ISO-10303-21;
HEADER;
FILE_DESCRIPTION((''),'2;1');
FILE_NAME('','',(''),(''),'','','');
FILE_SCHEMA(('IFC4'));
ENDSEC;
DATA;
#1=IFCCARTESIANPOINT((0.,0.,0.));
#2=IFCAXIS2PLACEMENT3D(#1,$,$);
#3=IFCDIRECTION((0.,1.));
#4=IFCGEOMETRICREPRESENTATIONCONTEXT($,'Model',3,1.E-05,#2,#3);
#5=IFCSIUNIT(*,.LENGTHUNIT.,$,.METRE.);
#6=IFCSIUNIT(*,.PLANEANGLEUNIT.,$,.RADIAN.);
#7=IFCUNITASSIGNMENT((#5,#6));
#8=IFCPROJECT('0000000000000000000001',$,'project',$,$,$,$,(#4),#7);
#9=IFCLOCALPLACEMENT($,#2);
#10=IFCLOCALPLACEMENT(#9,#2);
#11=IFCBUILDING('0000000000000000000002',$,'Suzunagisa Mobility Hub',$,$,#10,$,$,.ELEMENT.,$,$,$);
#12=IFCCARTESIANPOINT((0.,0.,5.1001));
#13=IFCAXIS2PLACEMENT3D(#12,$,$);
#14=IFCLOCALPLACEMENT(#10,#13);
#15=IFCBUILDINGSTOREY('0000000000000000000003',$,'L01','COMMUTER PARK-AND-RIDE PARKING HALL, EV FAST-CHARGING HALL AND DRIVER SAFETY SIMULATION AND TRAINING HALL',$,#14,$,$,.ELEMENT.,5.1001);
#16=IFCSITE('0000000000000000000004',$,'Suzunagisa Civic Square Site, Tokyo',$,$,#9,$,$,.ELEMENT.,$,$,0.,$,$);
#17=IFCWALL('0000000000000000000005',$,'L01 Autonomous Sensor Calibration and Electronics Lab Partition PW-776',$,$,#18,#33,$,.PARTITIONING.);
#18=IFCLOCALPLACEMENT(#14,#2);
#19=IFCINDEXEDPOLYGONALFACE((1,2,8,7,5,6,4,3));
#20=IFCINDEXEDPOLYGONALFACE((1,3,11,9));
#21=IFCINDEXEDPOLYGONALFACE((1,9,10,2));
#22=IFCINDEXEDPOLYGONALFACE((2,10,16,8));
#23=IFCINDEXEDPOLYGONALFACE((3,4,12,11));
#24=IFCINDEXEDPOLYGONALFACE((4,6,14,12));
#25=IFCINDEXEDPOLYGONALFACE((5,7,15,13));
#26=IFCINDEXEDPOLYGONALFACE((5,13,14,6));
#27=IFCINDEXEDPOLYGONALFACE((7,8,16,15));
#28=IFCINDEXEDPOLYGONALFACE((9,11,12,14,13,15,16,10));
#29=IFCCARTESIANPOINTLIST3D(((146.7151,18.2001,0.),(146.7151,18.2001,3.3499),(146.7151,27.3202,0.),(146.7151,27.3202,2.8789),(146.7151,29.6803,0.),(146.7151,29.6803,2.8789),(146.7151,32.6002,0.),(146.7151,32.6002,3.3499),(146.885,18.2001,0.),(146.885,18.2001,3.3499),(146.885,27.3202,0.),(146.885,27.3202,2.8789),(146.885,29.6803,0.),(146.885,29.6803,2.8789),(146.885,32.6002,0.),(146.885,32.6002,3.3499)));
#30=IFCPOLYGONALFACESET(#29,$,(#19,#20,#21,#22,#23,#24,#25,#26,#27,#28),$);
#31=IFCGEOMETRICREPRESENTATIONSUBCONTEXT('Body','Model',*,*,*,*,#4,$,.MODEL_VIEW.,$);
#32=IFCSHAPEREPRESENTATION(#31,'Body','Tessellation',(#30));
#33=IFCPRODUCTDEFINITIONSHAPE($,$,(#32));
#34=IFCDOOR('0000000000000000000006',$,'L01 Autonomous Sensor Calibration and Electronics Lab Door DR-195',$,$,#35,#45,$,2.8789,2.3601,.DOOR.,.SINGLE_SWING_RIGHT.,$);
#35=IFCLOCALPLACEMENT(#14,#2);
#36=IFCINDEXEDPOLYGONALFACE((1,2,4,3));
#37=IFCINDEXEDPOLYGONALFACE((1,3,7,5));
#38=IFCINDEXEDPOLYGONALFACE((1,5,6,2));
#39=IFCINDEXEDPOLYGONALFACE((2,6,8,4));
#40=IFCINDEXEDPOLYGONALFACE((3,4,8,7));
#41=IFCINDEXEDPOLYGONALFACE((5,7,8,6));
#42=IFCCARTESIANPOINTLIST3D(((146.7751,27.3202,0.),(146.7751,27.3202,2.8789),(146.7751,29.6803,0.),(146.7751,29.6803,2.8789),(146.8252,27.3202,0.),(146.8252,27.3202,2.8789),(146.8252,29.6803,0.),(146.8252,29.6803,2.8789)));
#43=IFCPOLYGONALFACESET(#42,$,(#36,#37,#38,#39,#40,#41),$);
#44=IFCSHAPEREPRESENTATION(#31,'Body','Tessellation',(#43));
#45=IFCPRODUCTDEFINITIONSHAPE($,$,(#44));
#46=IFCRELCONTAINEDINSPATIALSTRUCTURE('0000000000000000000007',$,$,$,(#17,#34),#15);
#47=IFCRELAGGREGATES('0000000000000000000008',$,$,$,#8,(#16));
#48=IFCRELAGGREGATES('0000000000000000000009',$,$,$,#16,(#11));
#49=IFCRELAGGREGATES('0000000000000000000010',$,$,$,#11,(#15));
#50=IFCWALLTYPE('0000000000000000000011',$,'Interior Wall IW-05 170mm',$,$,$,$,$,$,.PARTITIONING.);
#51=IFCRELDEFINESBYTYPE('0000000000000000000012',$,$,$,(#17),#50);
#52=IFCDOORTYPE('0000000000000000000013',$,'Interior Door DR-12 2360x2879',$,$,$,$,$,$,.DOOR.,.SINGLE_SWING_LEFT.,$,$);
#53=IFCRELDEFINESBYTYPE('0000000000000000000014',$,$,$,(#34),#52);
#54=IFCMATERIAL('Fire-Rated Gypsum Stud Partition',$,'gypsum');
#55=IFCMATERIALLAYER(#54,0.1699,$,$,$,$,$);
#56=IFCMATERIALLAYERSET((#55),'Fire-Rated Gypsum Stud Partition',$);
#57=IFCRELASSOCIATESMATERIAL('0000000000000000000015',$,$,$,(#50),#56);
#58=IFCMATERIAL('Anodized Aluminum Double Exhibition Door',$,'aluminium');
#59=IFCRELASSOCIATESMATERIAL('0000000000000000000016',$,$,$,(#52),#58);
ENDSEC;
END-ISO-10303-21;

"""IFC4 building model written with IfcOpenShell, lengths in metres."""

from ifc_helpers import new_model, si_unit, direction, frame, frame_2d, origin, place, context, subcontext, project, spatial, rectangle, extrude, material, layer, layer_set, type_object, element, fill, save


model = new_model("IFC4")

# Units and contexts
model_context = context("Model", 3, precision=1e-05, world=origin(), true_north=direction((0.0, 1.0)))
body_context = subcontext(model_context, "Body", "Model", "MODEL_VIEW")
ifc_project = project(units=[si_unit("LENGTHUNIT", "METRE"), si_unit("PLANEANGLEUNIT", "RADIAN")], contexts=[model_context])

# Site, building, storey
site_placement = place(None, origin())
site = spatial("IfcSite", under=ifc_project, at=site_placement, Name="Suzunagisa Civic Square Site, Tokyo", CompositionType="ELEMENT", RefElevation=0.0)
building_placement = place(site_placement, origin())
building = spatial("IfcBuilding", under=site, at=building_placement, Name="Suzunagisa Mobility Hub", CompositionType="ELEMENT")
storey_placement = place(building_placement, frame((0.0, 0.0, 5.1001)))
storey = spatial("IfcBuildingStorey", under=building, at=storey_placement, Name="L01", Description="COMMUTER PARK-AND-RIDE PARKING HALL, EV FAST-CHARGING HALL AND DRIVER SAFETY SIMULATION AND TRAINING HALL", CompositionType="ELEMENT", Elevation=5.1001)

# Shared definitions
ifc_material_1 = material(Name="Fire-Rated Gypsum Stud Partition", Category="gypsum")

# Shared definitions
ifc_layer_1 = layer(ifc_material_1, 0.1699)
ifc_layer_set_1 = layer_set([ifc_layer_1], Name="Fire-Rated Gypsum Stud Partition")
wall_type_1 = type_object("IfcWallType", Name="Interior Wall IW-05 170mm", PredefinedType="PARTITIONING", material=ifc_layer_set_1)

# Wall, opening, door
wall_1_placement = place(storey_placement, frame((146.8, 18.2, 0.0), z_axis=(0.0, 0.0, 1.0), x_axis=(0.0, 1.0, 0.0)))
wall_1 = element("IfcWall", 1, at=wall_1_placement, inside=storey, type_object=wall_type_1, Name="L01 Autonomous Sensor Calibration and Electronics Lab Partition PW-776", PredefinedType="PARTITIONING", context=body_context, shape_type="SweptSolid", body=[
    extrude(rectangle(XDim=14.4001, YDim=0.1699, at=frame_2d((7.2002, 0.0))), origin(), (0.0, 0.0, 1.0), 3.3499),
])
opening_1_placement = place(wall_1_placement, frame((9.1201, 0.0, 0.0)))
opening_1 = element("IfcOpeningElement", 2, at=opening_1_placement, cuts=wall_1, PredefinedType="OPENING", context=body_context, shape_type="SweptSolid", body=[
    extrude(rectangle(XDim=2.3601, YDim=2.8789, at=frame_2d((1.1802, 1.4395))), frame((0.0, 0.0959, 0.0), z_axis=(0.0, -1.0, 0.0), x_axis=(1.0, 0.0, 0.0)), (0.0, 0.0, 1.0), 0.1919),
])
ifc_material_2 = material(Name="Anodized Aluminum Double Exhibition Door", Category="aluminium")
door_type_1 = type_object("IfcDoorType", Name="Interior Door DR-12 2360x2879", OperationType="SINGLE_SWING_LEFT", PredefinedType="DOOR", material=ifc_material_2)
door_1_placement = place(opening_1_placement, origin())
door_1 = element("IfcDoor", 3, at=door_1_placement, inside=storey, type_object=door_type_1, Name="L01 Autonomous Sensor Calibration and Electronics Lab Door DR-195", OperationType="SINGLE_SWING_RIGHT", OverallHeight=2.8789, OverallWidth=2.3601, PredefinedType="DOOR", context=body_context, shape_type="SweptSolid", body=[
    extrude(rectangle(XDim=2.3601, YDim=2.8789, at=frame_2d((1.1802, 1.4395))), frame((0.0, 0.0249, 0.0), z_axis=(0.0, -1.0, 0.0), x_axis=(1.0, 0.0, 0.0)), (0.0, 0.0, 1.0), 0.05),
])
fill(opening_1, door_1)

save(model, "model.ifc")
